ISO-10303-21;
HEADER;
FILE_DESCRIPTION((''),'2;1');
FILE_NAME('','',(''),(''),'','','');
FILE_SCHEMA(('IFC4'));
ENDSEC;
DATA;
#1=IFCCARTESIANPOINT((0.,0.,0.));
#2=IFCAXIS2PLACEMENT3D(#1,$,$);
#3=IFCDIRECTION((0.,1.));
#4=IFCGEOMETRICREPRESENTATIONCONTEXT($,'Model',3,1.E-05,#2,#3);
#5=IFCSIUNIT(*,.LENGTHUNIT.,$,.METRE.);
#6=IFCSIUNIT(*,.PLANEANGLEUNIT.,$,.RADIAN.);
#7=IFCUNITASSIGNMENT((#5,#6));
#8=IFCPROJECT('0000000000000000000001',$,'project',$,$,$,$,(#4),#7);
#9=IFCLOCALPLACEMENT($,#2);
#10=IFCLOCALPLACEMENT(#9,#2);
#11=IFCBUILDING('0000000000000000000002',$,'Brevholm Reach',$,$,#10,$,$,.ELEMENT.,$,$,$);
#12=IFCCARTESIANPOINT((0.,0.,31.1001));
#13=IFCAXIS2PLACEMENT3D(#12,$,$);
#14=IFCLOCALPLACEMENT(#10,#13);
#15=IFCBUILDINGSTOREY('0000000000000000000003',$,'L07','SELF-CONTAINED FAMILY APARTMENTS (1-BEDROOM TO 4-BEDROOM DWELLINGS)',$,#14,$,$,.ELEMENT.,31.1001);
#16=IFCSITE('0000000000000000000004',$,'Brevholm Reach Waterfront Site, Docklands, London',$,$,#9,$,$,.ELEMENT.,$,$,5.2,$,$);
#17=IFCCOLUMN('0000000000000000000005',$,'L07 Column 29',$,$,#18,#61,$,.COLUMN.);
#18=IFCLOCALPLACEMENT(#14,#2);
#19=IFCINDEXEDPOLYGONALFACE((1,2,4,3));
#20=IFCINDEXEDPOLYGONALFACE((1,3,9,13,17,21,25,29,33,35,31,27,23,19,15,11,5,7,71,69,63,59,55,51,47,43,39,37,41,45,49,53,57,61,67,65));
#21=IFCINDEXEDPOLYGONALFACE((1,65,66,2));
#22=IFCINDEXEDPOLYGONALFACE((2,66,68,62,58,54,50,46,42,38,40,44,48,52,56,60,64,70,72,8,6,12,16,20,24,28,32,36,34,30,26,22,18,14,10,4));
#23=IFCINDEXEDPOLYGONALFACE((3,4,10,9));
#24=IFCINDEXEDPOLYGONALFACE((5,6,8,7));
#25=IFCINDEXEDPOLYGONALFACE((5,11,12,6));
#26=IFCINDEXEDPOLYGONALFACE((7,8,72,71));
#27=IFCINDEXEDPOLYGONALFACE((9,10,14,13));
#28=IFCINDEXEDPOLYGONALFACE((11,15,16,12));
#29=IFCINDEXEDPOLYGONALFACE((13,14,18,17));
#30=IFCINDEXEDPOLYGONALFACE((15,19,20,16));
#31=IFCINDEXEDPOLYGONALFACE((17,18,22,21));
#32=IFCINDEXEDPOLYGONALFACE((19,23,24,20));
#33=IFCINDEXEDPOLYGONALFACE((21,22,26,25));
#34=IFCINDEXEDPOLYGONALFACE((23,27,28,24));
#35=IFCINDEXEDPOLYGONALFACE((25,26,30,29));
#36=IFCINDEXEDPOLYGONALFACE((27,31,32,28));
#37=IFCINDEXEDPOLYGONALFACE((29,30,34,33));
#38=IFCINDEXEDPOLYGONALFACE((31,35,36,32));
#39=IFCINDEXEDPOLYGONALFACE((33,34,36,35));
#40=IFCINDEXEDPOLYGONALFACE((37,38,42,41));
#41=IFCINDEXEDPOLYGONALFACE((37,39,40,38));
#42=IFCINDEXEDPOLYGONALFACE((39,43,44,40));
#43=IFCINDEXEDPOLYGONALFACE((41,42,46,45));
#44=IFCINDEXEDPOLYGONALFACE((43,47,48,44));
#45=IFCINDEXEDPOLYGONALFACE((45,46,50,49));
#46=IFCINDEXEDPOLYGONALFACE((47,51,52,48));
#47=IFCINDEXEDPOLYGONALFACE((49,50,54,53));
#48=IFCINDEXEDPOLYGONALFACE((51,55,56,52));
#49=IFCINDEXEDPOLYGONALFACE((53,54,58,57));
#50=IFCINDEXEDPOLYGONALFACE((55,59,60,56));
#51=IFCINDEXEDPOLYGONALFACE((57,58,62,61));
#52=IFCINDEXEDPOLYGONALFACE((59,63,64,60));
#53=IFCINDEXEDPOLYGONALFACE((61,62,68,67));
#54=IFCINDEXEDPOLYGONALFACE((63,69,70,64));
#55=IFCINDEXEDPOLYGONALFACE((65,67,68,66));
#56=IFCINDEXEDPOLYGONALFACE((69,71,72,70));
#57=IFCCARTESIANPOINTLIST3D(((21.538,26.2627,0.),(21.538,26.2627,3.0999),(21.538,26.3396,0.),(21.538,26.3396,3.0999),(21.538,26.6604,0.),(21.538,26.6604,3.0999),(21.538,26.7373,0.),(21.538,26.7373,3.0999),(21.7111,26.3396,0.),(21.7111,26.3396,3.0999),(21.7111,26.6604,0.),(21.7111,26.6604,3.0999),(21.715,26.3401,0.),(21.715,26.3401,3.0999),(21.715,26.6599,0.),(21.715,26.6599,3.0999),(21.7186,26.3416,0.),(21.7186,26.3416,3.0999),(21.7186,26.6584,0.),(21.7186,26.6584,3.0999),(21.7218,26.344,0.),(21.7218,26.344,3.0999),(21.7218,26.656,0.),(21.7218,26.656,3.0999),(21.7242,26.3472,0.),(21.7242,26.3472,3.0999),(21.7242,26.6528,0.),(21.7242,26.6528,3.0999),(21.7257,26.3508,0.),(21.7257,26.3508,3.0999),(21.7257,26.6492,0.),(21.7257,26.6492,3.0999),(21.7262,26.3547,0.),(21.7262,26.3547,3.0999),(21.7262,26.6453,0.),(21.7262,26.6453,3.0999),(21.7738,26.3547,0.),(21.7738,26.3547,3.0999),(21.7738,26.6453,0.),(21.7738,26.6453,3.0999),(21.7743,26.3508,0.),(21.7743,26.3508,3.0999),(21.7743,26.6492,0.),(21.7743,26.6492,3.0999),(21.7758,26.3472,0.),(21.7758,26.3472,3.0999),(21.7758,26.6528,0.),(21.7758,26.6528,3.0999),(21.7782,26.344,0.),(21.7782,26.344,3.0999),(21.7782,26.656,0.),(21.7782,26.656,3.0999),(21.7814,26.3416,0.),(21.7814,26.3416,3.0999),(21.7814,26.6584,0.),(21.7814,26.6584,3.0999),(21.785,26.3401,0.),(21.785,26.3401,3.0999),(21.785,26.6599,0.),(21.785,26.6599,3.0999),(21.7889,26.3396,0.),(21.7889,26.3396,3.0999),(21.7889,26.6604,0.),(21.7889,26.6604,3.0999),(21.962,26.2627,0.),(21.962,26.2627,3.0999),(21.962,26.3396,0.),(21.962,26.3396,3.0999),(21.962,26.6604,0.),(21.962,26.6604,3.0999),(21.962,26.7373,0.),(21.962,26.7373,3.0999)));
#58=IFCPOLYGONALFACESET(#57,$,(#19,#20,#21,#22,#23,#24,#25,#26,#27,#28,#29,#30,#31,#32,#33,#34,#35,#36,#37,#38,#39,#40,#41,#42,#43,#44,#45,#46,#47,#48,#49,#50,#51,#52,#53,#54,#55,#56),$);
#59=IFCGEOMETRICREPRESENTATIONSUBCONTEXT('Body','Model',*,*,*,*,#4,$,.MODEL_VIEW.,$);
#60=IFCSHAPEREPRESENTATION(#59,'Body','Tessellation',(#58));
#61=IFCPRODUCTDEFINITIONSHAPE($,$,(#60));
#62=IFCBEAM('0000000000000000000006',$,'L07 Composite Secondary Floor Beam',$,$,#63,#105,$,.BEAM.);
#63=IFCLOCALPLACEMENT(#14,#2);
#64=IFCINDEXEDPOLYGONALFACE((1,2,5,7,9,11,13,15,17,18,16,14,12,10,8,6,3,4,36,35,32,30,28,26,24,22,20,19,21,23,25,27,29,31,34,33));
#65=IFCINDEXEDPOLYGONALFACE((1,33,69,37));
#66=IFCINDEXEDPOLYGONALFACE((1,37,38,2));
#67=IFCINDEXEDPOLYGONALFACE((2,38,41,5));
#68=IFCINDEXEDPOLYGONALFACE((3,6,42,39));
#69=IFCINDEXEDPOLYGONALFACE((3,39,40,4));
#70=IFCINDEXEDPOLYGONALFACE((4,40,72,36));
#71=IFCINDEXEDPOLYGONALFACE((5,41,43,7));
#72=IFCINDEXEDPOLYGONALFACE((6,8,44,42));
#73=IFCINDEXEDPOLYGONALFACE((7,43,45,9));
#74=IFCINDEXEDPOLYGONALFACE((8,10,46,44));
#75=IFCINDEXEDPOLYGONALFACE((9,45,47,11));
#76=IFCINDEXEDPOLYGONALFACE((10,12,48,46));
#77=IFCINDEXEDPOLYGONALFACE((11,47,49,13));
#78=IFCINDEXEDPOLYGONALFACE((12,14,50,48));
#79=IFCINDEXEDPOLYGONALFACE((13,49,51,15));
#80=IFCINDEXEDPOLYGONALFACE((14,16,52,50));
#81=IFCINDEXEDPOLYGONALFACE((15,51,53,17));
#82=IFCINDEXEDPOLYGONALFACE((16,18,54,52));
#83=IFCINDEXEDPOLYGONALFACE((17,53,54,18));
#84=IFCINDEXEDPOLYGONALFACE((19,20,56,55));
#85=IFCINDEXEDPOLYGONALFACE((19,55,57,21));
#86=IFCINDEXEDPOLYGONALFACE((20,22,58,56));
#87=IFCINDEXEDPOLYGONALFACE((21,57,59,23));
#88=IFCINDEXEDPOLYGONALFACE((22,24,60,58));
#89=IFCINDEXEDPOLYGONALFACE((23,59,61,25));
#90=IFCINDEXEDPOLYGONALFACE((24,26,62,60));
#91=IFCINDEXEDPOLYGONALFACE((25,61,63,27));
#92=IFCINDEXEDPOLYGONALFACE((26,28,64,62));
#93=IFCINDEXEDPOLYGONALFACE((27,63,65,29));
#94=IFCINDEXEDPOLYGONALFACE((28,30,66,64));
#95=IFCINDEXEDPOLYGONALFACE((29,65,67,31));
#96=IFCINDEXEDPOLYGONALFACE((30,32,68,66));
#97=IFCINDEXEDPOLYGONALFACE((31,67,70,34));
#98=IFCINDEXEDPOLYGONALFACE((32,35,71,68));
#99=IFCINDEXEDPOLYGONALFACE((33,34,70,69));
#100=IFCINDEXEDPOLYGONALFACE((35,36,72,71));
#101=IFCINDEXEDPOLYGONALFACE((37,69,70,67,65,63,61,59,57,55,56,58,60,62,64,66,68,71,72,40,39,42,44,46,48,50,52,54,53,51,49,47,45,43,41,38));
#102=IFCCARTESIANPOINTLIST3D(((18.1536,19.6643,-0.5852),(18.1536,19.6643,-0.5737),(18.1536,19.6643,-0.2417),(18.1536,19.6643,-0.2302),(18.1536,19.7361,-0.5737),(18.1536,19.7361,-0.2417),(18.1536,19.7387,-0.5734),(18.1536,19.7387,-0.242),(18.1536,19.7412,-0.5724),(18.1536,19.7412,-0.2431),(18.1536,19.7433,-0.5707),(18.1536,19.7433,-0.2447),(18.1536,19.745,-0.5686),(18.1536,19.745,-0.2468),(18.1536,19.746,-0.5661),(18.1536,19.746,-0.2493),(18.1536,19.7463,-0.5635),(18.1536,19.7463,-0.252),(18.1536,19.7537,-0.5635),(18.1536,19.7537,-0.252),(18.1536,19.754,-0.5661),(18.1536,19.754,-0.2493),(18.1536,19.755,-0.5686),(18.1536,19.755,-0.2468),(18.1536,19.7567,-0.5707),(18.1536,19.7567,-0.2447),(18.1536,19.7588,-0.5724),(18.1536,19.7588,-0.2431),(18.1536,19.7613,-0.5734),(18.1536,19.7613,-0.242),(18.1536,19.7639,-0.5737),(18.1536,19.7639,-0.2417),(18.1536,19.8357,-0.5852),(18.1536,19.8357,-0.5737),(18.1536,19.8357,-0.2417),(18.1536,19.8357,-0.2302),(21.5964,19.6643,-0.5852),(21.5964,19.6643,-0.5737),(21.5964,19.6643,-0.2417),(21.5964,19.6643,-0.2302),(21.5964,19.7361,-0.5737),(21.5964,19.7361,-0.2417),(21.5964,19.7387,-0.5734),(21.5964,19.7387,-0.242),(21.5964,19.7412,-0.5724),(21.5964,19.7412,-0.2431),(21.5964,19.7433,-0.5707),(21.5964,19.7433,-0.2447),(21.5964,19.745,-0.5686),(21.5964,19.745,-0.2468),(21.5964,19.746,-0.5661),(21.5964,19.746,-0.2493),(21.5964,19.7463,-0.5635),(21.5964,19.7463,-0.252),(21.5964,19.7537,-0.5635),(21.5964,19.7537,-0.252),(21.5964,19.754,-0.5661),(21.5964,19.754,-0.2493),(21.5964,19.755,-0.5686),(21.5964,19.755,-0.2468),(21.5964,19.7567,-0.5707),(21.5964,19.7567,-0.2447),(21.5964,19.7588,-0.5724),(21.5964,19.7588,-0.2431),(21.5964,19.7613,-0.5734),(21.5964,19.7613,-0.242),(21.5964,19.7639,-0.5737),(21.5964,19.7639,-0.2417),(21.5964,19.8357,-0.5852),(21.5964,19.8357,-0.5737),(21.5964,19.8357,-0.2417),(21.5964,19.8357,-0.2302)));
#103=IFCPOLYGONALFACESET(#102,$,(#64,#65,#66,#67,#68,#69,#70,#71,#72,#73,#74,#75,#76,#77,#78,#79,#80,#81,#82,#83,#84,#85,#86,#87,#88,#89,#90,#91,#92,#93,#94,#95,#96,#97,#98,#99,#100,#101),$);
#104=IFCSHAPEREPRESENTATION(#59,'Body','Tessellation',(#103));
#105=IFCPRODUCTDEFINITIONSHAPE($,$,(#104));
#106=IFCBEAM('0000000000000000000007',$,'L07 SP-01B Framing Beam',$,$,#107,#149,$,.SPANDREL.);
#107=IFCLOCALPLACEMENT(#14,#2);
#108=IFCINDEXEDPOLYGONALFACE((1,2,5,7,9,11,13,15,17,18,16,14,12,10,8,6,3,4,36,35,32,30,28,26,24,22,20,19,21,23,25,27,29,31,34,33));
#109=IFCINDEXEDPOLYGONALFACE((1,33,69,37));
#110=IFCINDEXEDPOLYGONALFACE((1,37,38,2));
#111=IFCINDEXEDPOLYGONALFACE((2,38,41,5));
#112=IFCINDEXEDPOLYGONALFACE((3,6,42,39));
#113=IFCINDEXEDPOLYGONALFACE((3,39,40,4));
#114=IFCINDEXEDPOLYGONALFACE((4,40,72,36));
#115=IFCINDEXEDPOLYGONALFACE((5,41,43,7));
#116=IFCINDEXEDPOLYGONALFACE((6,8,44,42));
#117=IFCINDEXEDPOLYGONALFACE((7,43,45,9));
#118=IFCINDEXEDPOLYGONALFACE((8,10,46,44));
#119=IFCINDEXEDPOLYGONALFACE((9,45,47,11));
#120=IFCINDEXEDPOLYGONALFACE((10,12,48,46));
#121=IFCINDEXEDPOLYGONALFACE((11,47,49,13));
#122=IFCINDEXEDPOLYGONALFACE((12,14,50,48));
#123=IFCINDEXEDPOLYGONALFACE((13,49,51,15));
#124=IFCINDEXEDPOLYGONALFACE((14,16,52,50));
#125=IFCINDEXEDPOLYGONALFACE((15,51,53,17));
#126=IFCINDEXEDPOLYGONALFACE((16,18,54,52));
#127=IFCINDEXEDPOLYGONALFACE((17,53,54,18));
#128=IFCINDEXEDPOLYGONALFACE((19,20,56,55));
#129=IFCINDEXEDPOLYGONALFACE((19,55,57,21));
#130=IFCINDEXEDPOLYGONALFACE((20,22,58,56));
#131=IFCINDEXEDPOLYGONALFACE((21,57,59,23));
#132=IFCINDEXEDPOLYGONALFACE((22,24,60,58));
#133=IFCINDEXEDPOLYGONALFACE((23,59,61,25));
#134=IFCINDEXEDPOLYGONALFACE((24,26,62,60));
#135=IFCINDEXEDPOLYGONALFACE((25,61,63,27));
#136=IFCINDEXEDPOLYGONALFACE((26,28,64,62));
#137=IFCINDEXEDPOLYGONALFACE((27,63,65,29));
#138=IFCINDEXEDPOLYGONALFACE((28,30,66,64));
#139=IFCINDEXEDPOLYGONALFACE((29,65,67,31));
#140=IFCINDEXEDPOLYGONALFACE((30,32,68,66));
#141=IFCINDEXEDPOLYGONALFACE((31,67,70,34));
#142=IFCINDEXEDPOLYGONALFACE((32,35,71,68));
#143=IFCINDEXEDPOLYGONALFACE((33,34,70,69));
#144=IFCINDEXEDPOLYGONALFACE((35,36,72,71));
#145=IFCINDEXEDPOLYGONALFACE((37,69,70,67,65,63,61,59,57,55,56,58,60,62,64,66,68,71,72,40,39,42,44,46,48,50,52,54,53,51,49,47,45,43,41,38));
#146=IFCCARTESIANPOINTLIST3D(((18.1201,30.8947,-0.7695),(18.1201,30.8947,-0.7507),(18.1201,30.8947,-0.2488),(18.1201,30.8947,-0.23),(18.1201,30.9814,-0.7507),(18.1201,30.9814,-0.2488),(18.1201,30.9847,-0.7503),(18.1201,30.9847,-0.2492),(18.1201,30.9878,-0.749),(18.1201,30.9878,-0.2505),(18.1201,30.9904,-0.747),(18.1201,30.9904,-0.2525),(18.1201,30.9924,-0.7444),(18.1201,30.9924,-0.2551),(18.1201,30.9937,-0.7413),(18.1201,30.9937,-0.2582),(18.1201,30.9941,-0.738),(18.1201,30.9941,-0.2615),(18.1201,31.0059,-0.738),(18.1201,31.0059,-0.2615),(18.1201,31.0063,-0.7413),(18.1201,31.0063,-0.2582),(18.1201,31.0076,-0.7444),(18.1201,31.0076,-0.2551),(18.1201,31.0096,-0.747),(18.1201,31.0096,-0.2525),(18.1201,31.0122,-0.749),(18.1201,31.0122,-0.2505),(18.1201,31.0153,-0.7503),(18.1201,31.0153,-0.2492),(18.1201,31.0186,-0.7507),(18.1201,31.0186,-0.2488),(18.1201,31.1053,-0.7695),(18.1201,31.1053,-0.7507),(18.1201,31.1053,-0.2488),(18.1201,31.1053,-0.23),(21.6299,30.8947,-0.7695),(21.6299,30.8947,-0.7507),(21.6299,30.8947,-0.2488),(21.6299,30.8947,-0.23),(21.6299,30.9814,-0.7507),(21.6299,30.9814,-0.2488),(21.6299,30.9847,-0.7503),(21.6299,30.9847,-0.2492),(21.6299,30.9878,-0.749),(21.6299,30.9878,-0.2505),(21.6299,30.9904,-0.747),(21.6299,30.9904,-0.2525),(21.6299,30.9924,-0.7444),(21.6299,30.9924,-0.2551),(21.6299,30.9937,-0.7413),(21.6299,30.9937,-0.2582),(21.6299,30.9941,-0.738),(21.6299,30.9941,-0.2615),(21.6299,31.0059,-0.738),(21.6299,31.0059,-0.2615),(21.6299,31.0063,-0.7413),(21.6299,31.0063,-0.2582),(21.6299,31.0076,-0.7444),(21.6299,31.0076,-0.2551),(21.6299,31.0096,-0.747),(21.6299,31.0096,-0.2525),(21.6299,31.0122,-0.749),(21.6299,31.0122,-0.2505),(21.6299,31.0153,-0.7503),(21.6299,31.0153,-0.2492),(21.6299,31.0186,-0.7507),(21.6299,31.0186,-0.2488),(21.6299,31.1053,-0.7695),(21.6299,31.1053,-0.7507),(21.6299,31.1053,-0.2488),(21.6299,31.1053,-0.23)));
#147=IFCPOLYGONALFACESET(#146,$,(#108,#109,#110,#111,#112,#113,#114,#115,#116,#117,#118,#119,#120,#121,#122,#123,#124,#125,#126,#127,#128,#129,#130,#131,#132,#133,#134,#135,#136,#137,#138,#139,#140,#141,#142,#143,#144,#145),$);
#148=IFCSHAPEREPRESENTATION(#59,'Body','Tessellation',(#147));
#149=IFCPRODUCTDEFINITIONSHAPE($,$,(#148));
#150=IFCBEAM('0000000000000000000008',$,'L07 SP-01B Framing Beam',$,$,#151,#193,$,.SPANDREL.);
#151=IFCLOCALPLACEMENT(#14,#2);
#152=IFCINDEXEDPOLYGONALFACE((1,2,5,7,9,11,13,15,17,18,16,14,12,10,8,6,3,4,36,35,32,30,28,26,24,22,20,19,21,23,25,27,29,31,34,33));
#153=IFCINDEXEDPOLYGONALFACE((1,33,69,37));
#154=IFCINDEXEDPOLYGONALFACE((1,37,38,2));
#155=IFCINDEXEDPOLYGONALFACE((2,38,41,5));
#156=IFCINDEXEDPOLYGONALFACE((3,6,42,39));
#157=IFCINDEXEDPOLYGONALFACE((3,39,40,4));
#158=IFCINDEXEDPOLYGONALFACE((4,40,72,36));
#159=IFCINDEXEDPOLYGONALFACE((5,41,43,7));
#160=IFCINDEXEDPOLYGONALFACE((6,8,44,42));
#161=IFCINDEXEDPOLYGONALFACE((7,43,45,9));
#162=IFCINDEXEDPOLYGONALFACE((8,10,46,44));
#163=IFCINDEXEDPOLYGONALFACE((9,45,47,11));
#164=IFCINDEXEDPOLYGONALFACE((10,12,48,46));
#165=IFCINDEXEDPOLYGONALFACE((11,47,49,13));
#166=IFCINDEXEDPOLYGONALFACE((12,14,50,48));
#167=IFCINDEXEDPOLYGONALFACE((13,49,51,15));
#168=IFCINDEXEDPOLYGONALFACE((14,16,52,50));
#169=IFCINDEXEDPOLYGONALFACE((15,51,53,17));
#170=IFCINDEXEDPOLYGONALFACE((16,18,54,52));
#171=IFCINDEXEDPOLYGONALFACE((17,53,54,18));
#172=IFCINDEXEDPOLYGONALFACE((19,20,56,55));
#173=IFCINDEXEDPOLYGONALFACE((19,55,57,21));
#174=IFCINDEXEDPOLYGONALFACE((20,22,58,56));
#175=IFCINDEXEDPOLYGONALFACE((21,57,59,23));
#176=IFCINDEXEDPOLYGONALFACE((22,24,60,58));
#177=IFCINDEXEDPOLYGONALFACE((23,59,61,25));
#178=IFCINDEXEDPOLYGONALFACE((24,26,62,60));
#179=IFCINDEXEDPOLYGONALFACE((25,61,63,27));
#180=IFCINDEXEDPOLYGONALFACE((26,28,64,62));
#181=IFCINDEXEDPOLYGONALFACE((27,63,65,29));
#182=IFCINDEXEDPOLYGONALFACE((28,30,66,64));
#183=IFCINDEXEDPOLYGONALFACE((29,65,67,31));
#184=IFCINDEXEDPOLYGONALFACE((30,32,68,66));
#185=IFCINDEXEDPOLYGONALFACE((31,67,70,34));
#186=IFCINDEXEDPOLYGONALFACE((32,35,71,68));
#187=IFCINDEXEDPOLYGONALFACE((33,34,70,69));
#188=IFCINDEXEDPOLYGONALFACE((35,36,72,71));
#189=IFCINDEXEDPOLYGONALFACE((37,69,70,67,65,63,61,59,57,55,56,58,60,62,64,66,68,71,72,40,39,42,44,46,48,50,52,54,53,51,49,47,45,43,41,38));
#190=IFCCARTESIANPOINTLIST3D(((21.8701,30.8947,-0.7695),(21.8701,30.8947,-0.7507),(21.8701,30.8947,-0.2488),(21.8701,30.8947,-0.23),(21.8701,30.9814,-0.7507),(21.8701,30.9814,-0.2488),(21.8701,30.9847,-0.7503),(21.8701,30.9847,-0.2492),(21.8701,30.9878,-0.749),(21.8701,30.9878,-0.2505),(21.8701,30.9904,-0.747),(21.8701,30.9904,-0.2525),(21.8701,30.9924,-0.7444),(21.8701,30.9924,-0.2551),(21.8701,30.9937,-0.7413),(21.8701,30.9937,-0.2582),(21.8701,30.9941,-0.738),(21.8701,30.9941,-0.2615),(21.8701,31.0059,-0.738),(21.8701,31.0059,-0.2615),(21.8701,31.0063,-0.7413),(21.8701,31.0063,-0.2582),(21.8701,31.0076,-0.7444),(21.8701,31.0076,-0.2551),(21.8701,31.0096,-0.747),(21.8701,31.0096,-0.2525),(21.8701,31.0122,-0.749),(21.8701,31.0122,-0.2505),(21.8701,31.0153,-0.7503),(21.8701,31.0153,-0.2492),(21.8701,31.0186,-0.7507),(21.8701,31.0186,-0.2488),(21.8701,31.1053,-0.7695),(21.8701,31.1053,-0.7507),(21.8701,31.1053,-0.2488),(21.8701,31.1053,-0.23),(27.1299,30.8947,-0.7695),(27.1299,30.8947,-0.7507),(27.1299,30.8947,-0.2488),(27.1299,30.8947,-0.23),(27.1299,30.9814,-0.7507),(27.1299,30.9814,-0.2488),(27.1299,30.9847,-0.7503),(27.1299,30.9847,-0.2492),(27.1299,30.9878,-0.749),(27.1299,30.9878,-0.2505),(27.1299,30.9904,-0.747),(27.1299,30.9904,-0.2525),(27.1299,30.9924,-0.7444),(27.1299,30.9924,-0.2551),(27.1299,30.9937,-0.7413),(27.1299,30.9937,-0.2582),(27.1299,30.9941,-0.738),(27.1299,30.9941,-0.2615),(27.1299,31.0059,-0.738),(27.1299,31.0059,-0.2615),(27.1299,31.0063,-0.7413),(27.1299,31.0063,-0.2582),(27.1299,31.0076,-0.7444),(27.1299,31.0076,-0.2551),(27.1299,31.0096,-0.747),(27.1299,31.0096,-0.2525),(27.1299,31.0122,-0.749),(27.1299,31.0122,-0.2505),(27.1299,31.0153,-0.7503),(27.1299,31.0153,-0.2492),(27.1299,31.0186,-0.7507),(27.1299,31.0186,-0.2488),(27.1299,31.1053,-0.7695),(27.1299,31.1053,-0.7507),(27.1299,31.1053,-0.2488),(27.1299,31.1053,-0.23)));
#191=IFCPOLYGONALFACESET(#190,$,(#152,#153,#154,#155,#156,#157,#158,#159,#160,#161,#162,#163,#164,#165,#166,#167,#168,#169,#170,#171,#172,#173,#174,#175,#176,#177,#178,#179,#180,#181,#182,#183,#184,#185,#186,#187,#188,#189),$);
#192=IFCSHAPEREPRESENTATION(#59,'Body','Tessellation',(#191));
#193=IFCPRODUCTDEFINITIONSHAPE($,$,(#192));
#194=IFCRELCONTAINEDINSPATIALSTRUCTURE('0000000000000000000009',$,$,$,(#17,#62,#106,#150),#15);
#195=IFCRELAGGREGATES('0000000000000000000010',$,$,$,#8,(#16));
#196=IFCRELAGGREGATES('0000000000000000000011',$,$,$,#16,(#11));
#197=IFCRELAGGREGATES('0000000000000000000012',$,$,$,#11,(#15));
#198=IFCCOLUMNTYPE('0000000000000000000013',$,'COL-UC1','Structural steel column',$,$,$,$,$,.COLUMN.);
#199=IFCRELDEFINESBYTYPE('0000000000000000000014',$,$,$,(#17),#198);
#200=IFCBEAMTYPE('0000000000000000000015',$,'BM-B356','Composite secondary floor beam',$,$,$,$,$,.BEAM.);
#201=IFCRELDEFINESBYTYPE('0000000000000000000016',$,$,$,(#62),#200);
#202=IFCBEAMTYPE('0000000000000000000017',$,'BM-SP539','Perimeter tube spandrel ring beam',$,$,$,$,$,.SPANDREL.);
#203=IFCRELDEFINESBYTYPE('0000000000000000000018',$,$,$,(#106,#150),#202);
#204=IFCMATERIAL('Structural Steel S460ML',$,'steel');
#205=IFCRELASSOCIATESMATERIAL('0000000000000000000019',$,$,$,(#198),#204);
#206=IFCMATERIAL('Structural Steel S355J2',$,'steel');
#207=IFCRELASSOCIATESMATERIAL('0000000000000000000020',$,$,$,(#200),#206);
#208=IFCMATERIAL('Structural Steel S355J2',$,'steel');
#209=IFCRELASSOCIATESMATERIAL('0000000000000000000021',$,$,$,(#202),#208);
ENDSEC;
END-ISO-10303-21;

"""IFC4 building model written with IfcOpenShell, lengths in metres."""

from ifc_helpers import new_model, si_unit, direction, frame, origin, origin_2d, place, context, subcontext, project, spatial, i_section, extrude, material, material_profile, profile_set, type_object, element, save


model = new_model("IFC4")

# Units and contexts
model_context = context("Model", 3, precision=1e-05, world=origin(), true_north=direction((0.0, 1.0)))
body_context = subcontext(model_context, "Body", "Model", "MODEL_VIEW")
ifc_project = project(units=[si_unit("LENGTHUNIT", "METRE"), si_unit("PLANEANGLEUNIT", "RADIAN")], contexts=[model_context])

# Site, building, storey
site_placement = place(None, origin())
site = spatial("IfcSite", under=ifc_project, at=site_placement, Name="Brevholm Reach Waterfront Site, Docklands, London", CompositionType="ELEMENT", RefElevation=5.2)
building_placement = place(site_placement, origin())
building = spatial("IfcBuilding", under=site, at=building_placement, Name="Brevholm Reach", CompositionType="ELEMENT")
storey_placement = place(building_placement, frame((0.0, 0.0, 31.1001)))
storey = spatial("IfcBuildingStorey", under=building, at=storey_placement, Name="L07", Description="SELF-CONTAINED FAMILY APARTMENTS (1-BEDROOM TO 4-BEDROOM DWELLINGS)", CompositionType="ELEMENT", Elevation=31.1001)

# Column
ifc_material_1 = material(Name="Structural Steel S460ML", Category="steel")
ifc_material_profile_1 = material_profile(ifc_material_1, i_section(OverallWidth=0.4241, OverallDepth=0.4746, WebThickness=0.0476, FlangeThickness=0.0769, FilletRadius=0.0151, at=origin_2d()), Name="UKC 356x406x634")
ifc_profile_set_1 = profile_set([ifc_material_profile_1], Name="Structural Steel S460ML")
column_type_1 = type_object("IfcColumnType", Name="COL-UC1", Description="Structural steel column", PredefinedType="COLUMN", material=ifc_profile_set_1)
for number, where, z_axis, x_axis, name in (
    (1, (21.75, 26.5, 0.0), (0.0, 0.0, 1.0), (1.0, 0.0, 0.0), "L07 Column 29"),
):
    element("IfcColumn", number, at=place(storey_placement, frame(where, z_axis=z_axis, x_axis=x_axis)), inside=storey, type_object=column_type_1, Name=name, PredefinedType="COLUMN", context=body_context, shape_type="SweptSolid", body=[
        extrude(i_section(OverallWidth=0.4241, OverallDepth=0.4746, WebThickness=0.0476, FlangeThickness=0.0769, FilletRadius=0.0151, at=origin_2d()), origin(), (0.0, 0.0, 1.0), 3.0999),
    ])

# Beams
ifc_material_2 = material(Name="Structural Steel S355J2", Category="steel")
ifc_material_profile_2 = material_profile(ifc_material_2, i_section(OverallWidth=0.1714, OverallDepth=0.355, WebThickness=0.0073, FlangeThickness=0.0115, FilletRadius=0.0103, at=origin_2d()), Name="UKB 356x171x51")
ifc_profile_set_2 = profile_set([ifc_material_profile_2], Name="Structural Steel S355J2")
beam_type_1 = type_object("IfcBeamType", Name="BM-B356", Description="Composite secondary floor beam", PredefinedType="BEAM", material=ifc_profile_set_2)
beam_1_placement = place(storey_placement, frame((18.1536, 19.75, -0.4077), z_axis=(1.0, 0.0, 0.0), x_axis=(0.0, 1.0, 0.0)))
element("IfcBeam", 2, at=beam_1_placement, inside=storey, type_object=beam_type_1, Name="L07 Composite Secondary Floor Beam", PredefinedType="BEAM", context=body_context, shape_type="SweptSolid", body=[
    extrude(i_section(OverallWidth=0.1714, OverallDepth=0.355, WebThickness=0.0073, FlangeThickness=0.0115, FilletRadius=0.0103, at=origin_2d()), origin(), (0.0, 0.0, 1.0), 3.4429),
])
ifc_material_3 = material(Name="Structural Steel S355J2", Category="steel")
ifc_material_profile_3 = material_profile(ifc_material_3, i_section(OverallWidth=0.2107, OverallDepth=0.5396, WebThickness=0.0117, FlangeThickness=0.0188, FilletRadius=0.0127, at=origin_2d()), Name="UKB 533x210x109")
ifc_profile_set_3 = profile_set([ifc_material_profile_3], Name="Structural Steel S355J2")
beam_type_2 = type_object("IfcBeamType", Name="BM-SP539", Description="Perimeter tube spandrel ring beam", PredefinedType="SPANDREL", material=ifc_profile_set_3)
beam_2_placement = place(storey_placement, frame((18.1201, 31.0, -0.4998), z_axis=(1.0, 0.0, 0.0), x_axis=(0.0, 1.0, 0.0)))
element("IfcBeam", 3, at=beam_2_placement, inside=storey, type_object=beam_type_2, Name="L07 SP-01B Framing Beam", PredefinedType="SPANDREL", context=body_context, shape_type="SweptSolid", body=[
    extrude(i_section(OverallWidth=0.2107, OverallDepth=0.5396, WebThickness=0.0117, FlangeThickness=0.0188, FilletRadius=0.0127, at=origin_2d()), origin(), (0.0, 0.0, 1.0), 3.5098),
])
for number, where, z_axis, x_axis, name in (
    (4, (21.8701, 31.0, -0.4998), (1.0, 0.0, 0.0), (0.0, 1.0, 0.0), "L07 SP-01B Framing Beam"),
):
    element("IfcBeam", number, at=place(storey_placement, frame(where, z_axis=z_axis, x_axis=x_axis)), inside=storey, type_object=beam_type_2, Name=name, PredefinedType="SPANDREL", context=body_context, shape_type="SweptSolid", body=[
        extrude(i_section(OverallWidth=0.2107, OverallDepth=0.5396, WebThickness=0.0117, FlangeThickness=0.0188, FilletRadius=0.0127, at=origin_2d()), origin(), (0.0, 0.0, 1.0), 5.2598),
    ])

save(model, "model.ifc")
